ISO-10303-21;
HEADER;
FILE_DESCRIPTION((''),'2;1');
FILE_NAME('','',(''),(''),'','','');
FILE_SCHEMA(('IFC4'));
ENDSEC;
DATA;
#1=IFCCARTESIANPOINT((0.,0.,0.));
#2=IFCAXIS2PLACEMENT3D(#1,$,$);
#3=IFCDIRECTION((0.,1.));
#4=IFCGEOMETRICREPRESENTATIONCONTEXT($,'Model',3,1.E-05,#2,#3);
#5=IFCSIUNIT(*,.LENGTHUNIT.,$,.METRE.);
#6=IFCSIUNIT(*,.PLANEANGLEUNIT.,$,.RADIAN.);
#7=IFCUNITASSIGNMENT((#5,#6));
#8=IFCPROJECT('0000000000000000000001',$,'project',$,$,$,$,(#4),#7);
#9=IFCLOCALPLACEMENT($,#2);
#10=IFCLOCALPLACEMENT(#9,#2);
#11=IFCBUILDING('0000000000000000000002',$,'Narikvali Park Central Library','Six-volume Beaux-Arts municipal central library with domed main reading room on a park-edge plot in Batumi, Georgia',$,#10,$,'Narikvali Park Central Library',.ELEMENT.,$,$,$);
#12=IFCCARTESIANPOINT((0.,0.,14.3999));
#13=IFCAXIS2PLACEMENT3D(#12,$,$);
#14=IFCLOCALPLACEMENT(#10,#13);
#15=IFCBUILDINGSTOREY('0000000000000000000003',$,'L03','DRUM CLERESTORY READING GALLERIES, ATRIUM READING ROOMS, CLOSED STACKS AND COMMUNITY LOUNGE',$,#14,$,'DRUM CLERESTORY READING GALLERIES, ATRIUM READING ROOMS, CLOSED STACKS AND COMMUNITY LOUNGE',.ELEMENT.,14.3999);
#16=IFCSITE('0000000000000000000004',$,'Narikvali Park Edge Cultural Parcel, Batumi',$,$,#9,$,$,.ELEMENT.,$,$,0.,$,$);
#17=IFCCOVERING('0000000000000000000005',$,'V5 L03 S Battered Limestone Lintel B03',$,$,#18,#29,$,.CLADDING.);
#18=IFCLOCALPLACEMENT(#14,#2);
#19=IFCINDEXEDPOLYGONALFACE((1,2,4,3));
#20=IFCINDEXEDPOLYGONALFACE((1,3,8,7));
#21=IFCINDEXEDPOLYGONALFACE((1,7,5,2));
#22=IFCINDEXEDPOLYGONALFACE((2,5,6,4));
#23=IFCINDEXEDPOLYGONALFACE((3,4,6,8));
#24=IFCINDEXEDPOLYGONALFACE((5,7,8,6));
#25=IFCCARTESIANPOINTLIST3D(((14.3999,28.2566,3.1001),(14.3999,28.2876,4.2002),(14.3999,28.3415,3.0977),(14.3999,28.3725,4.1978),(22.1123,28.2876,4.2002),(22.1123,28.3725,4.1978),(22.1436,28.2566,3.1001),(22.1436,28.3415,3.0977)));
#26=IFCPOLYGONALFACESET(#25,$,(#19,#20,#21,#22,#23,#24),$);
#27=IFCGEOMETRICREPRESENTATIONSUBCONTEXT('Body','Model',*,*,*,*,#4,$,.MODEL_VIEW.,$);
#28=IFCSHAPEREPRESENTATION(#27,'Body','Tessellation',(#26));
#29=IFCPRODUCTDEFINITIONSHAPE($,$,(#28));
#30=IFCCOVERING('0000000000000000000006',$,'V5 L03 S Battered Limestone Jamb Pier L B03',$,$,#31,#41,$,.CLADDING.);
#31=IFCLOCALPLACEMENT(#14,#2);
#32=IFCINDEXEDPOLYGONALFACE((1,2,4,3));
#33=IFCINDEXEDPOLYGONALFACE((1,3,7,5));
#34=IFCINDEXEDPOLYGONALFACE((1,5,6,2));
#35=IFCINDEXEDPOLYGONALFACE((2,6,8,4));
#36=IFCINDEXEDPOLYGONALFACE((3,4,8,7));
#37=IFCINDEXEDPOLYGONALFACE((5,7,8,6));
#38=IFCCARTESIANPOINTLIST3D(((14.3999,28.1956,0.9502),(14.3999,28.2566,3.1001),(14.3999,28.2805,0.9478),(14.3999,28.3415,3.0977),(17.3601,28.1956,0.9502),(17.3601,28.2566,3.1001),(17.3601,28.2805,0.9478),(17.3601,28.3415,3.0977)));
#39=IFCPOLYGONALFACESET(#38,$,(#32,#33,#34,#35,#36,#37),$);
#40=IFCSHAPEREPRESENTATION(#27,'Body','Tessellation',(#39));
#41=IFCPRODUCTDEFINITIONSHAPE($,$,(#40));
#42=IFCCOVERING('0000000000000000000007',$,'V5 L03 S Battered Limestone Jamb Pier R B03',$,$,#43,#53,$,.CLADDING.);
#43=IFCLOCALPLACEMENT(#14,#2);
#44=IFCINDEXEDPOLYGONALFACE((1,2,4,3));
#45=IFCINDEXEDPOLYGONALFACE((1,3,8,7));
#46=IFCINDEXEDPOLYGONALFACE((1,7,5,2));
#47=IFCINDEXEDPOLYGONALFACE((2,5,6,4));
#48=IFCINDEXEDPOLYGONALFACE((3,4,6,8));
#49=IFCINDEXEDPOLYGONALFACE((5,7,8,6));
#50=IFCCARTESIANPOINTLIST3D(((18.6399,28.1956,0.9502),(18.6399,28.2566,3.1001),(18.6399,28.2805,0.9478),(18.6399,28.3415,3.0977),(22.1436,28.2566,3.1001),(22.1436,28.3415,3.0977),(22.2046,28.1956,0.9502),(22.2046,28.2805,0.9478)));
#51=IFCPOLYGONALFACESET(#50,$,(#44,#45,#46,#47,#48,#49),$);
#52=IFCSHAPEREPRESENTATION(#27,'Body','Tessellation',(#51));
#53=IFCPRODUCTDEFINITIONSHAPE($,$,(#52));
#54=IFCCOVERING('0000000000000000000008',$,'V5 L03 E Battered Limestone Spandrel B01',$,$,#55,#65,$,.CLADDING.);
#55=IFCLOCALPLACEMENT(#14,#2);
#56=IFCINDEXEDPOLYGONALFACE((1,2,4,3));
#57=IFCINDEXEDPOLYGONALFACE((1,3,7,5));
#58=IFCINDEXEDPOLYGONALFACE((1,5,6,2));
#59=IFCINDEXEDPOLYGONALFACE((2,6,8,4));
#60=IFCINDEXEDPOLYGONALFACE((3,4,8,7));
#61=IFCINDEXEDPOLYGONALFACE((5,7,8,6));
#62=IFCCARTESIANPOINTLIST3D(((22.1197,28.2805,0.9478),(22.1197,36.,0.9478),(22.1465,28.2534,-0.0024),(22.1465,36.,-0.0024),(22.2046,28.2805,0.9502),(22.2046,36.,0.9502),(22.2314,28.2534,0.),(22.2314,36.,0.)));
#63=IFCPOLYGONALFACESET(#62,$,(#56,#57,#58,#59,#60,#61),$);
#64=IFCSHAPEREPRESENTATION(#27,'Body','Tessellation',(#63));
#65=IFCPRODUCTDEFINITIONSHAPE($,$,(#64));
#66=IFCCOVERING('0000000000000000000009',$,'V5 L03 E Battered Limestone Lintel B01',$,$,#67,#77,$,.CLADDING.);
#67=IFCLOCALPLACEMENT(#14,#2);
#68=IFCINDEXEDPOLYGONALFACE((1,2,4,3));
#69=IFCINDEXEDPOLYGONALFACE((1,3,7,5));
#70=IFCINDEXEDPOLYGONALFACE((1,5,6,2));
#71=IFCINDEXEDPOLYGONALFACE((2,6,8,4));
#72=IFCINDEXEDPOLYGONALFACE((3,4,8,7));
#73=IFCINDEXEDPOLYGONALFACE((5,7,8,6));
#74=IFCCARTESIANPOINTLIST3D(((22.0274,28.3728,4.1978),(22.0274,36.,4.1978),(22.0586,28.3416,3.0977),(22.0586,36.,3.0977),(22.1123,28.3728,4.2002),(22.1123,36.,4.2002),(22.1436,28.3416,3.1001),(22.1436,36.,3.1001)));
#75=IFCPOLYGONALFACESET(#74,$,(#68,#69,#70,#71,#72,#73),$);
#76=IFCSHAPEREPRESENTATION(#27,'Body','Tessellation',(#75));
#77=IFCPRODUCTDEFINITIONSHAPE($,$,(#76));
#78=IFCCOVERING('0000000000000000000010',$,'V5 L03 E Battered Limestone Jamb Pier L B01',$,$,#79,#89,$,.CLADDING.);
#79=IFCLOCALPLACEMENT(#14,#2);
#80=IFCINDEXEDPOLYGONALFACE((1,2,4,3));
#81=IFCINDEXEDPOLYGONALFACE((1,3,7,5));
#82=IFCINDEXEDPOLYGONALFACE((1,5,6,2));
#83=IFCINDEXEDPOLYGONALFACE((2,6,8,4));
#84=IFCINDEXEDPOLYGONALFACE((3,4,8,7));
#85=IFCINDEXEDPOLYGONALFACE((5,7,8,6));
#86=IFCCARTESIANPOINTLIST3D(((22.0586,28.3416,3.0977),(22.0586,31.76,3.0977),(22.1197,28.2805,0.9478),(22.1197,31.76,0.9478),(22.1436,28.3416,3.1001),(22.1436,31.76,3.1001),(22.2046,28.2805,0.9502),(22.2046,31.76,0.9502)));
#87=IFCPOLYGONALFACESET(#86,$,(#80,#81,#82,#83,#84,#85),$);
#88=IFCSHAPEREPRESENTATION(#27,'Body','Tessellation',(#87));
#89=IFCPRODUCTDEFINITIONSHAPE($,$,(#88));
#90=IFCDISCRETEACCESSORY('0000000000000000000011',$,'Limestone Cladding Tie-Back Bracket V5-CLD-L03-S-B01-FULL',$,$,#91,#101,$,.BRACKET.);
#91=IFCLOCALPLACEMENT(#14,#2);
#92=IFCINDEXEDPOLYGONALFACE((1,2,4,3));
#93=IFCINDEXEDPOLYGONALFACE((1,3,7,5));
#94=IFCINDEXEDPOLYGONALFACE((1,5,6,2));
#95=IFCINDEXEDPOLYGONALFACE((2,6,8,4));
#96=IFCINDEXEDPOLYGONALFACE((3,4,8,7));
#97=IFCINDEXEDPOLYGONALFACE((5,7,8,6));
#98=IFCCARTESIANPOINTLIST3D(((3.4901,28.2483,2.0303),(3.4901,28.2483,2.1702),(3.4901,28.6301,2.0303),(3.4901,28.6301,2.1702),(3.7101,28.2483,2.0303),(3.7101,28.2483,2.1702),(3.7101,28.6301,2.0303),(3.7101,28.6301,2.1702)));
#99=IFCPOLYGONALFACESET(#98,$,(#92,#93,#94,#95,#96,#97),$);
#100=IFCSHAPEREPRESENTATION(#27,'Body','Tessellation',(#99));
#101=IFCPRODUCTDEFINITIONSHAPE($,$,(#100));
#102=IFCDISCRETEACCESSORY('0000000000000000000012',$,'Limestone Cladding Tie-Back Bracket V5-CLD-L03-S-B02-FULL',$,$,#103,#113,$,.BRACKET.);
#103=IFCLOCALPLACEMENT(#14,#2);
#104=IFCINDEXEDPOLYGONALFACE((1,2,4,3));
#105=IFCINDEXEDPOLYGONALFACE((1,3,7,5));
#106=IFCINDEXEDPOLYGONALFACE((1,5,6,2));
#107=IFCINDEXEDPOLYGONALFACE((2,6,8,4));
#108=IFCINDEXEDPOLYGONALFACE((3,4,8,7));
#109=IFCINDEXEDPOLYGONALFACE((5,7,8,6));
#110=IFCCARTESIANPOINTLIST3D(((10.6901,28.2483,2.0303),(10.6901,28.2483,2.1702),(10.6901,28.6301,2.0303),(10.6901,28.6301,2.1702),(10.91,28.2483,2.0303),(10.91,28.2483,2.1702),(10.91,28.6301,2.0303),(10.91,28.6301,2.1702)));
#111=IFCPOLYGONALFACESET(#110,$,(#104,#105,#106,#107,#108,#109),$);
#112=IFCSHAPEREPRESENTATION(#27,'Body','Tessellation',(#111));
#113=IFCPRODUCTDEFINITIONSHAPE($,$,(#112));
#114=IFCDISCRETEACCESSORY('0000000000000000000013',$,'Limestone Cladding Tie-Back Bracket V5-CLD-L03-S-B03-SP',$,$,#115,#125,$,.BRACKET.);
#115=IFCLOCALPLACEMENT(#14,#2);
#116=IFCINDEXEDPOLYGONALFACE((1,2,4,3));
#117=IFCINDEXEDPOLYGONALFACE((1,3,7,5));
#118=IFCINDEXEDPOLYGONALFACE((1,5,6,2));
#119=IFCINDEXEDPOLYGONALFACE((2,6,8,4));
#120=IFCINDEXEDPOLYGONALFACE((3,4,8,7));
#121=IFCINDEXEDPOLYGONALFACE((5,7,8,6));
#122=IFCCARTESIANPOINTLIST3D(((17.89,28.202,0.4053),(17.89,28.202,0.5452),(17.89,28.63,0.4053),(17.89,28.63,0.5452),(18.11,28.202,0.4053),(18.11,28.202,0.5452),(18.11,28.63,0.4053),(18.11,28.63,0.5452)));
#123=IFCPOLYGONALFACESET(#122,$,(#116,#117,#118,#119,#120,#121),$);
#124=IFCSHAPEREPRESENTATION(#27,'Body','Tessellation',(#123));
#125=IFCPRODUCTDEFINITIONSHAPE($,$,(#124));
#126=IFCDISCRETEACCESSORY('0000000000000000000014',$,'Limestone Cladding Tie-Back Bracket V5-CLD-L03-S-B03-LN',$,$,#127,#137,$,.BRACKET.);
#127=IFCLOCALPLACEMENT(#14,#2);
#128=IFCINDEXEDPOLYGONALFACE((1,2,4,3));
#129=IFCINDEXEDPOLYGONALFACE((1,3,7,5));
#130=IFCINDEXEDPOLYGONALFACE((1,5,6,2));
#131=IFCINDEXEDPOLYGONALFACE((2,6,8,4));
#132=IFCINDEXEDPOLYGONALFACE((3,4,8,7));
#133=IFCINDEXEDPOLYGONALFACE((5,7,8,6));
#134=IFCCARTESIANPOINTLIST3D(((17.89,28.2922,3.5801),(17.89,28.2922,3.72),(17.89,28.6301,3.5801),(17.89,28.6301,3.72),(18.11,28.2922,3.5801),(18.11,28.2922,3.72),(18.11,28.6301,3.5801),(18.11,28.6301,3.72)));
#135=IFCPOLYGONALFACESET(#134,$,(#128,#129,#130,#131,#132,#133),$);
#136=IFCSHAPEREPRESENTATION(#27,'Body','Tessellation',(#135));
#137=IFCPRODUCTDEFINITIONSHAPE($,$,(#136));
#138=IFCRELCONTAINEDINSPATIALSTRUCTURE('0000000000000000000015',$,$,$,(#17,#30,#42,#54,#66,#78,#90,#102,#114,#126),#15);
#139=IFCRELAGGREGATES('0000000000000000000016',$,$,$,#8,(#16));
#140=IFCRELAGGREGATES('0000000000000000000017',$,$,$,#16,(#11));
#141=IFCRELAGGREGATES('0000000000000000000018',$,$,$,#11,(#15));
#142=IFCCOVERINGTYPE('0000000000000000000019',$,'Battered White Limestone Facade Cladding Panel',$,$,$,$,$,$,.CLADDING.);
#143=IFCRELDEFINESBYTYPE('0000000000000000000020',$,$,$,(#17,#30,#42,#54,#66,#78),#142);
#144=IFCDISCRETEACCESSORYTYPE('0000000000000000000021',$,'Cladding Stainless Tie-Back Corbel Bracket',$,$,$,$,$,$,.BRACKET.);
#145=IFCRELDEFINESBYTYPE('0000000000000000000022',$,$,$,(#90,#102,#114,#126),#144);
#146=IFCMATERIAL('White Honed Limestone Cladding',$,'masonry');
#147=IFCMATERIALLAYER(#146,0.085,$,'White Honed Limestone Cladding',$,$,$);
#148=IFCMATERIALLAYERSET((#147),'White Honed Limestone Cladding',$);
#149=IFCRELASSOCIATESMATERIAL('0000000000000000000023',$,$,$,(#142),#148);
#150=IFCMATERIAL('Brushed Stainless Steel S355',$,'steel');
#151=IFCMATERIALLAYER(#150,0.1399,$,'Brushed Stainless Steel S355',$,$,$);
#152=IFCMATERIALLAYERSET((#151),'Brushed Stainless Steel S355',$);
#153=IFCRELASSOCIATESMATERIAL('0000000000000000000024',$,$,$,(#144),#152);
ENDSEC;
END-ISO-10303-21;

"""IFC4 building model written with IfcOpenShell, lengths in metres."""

from ifc_helpers import new_model, si_unit, direction, frame, origin, origin_2d, place, context, subcontext, project, spatial, polyline, rectangle, outline, extrude, material, layer, layer_set, type_object, element, save


model = new_model("IFC4")

# Units and contexts
model_context = context("Model", 3, precision=1e-05, world=origin(), true_north=direction((0.0, 1.0)))
body_context = subcontext(model_context, "Body", "Model", "MODEL_VIEW")
ifc_project = project(units=[si_unit("LENGTHUNIT", "METRE"), si_unit("PLANEANGLEUNIT", "RADIAN")], contexts=[model_context])

# Site, building, storey
site_placement = place(None, origin())
site = spatial("IfcSite", under=ifc_project, at=site_placement, Name="Narikvali Park Edge Cultural Parcel, Batumi", CompositionType="ELEMENT", RefElevation=0.0)
building_placement = place(site_placement, origin())
building = spatial("IfcBuilding", under=site, at=building_placement, Name="Narikvali Park Central Library", Description="Six-volume Beaux-Arts municipal central library with domed main reading room on a park-edge plot in Batumi, Georgia", LongName="Narikvali Park Central Library", CompositionType="ELEMENT")
storey_placement = place(building_placement, frame((0.0, 0.0, 14.3999)))
storey = spatial("IfcBuildingStorey", under=building, at=storey_placement, Name="L03", Description="DRUM CLERESTORY READING GALLERIES, ATRIUM READING ROOMS, CLOSED STACKS AND COMMUNITY LOUNGE", LongName="DRUM CLERESTORY READING GALLERIES, ATRIUM READING ROOMS, CLOSED STACKS AND COMMUNITY LOUNGE", CompositionType="ELEMENT", Elevation=14.3999)

# Shared definitions
ifc_material_1 = material(Name="White Honed Limestone Cladding", Category="masonry")

# Coverings
ifc_layer_1 = layer(ifc_material_1, 0.085, Name="White Honed Limestone Cladding")
ifc_layer_set_1 = layer_set([ifc_layer_1], Name="White Honed Limestone Cladding")
covering_type = type_object("IfcCoveringType", Name="Battered White Limestone Facade Cladding Panel", PredefinedType="CLADDING", material=ifc_layer_set_1)
covering_1_placement = place(storey_placement, frame((14.3999, 28.2566, 3.1001), z_axis=(0.0, -0.999603, 0.028173), x_axis=(1.0, 0.0, 0.0)))
element("IfcCovering", 1, at=covering_1_placement, inside=storey, type_object=covering_type, Name="V5 L03 S Battered Limestone Lintel B03", PredefinedType="CLADDING", context=body_context, shape_type="SweptSolid", body=[
    extrude(outline(polyline([(0.0, 0.0), (7.7437, 0.0), (7.7124, 1.1005), (0.0, 1.1005), (0.0, 0.0)])), origin(), (0.0, 0.0, -1.0), 0.085),
])
covering_2_placement = place(storey_placement, frame((14.3999, 28.1956, 0.9502), z_axis=(0.0, -0.999597, 0.028378), x_axis=(1.0, 0.0, 0.0)))
element("IfcCovering", 2, at=covering_2_placement, inside=storey, type_object=covering_type, Name="V5 L03 S Battered Limestone Jamb Pier L B03", PredefinedType="CLADDING", context=body_context, shape_type="SweptSolid", body=[
    extrude(outline(polyline([(0.0, 0.0), (2.9602, 0.0), (2.9602, 2.1508), (0.0, 2.1508), (0.0, 0.0)])), origin(), (0.0, 0.0, -1.0), 0.085),
])
covering_3_placement = place(storey_placement, frame((18.6399, 28.1956, 0.9502), z_axis=(0.0, -0.999597, 0.028378), x_axis=(1.0, 0.0, 0.0)))
element("IfcCovering", 3, at=covering_3_placement, inside=storey, type_object=covering_type, Name="V5 L03 S Battered Limestone Jamb Pier R B03", PredefinedType="CLADDING", context=body_context, shape_type="SweptSolid", body=[
    extrude(outline(polyline([(0.0, 0.0), (3.5647, 0.0), (3.5037, 2.1508), (0.0, 2.1508), (0.0, 0.0)])), origin(), (0.0, 0.0, -1.0), 0.085),
])
covering_4_placement = place(storey_placement, frame((22.2314, 28.2534, 0.0), z_axis=(0.999601, 0.0, 0.028252), x_axis=(0.0, 1.0, 0.0)))
element("IfcCovering", 4, at=covering_4_placement, inside=storey, type_object=covering_type, Name="V5 L03 E Battered Limestone Spandrel B01", PredefinedType="CLADDING", context=body_context, shape_type="SweptSolid", body=[
    extrude(outline(polyline([(0.0, 0.0), (7.7466, 0.0), (7.7466, 0.9506), (0.0271, 0.9506), (0.0, 0.0)])), origin(), (0.0, 0.0, -1.0), 0.085),
])
covering_5_placement = place(storey_placement, frame((22.1436, 28.3416, 3.1001), z_axis=(0.999597, 0.0, 0.028395), x_axis=(0.0, 1.0, 0.0)))
element("IfcCovering", 5, at=covering_5_placement, inside=storey, type_object=covering_type, Name="V5 L03 E Battered Limestone Lintel B01", PredefinedType="CLADDING", context=body_context, shape_type="SweptSolid", body=[
    extrude(outline(polyline([(0.0, 0.0), (7.6584, 0.0), (7.6584, 1.1005), (0.0312, 1.1005), (0.0, 0.0)])), origin(), (0.0, 0.0, -1.0), 0.085),
])
covering_6_placement = place(storey_placement, frame((22.2046, 28.2805, 0.9502), z_axis=(0.999597, 0.0, 0.028378), x_axis=(0.0, 1.0, 0.0)))
element("IfcCovering", 6, at=covering_6_placement, inside=storey, type_object=covering_type, Name="V5 L03 E Battered Limestone Jamb Pier L B01", PredefinedType="CLADDING", context=body_context, shape_type="SweptSolid", body=[
    extrude(outline(polyline([(0.0, 0.0), (3.4795, 0.0), (3.4795, 2.1508), (0.061, 2.1508), (0.0, 0.0)])), origin(), (0.0, 0.0, -1.0), 0.085),
])

# Discrete accessories
ifc_material_2 = material(Name="Brushed Stainless Steel S355", Category="steel")
ifc_layer_2 = layer(ifc_material_2, 0.1399, Name="Brushed Stainless Steel S355")
ifc_layer_set_2 = layer_set([ifc_layer_2], Name="Brushed Stainless Steel S355")
discrete_accessory_type = type_object("IfcDiscreteAccessoryType", Name="Cladding Stainless Tie-Back Corbel Bracket", PredefinedType="BRACKET", material=ifc_layer_set_2)
for number, where, z_axis, x_axis, name in (
    (7, (3.6001, 28.4392, 2.0303), (0.0, 0.0, 1.0), (1.0, 0.0, 0.0), "Limestone Cladding Tie-Back Bracket V5-CLD-L03-S-B01-FULL"),
    (8, (10.8, 28.4392, 2.0303), (0.0, 0.0, 1.0), (1.0, 0.0, 0.0), "Limestone Cladding Tie-Back Bracket V5-CLD-L03-S-B02-FULL"),
):
    element("IfcDiscreteAccessory", number, at=place(storey_placement, frame(where, z_axis=z_axis, x_axis=x_axis)), inside=storey, type_object=discrete_accessory_type, Name=name, PredefinedType="BRACKET", context=body_context, shape_type="SweptSolid", body=[
        extrude(rectangle(XDim=0.22, YDim=0.3818, at=origin_2d()), origin(), (0.0, 0.0, 1.0), 0.1399),
    ])
discrete_accessory_1_placement = place(storey_placement, frame((18.0, 28.416, 0.4053), z_axis=(0.0, 0.0, 1.0), x_axis=(1.0, 0.0, 0.0)))
element("IfcDiscreteAccessory", 9, at=discrete_accessory_1_placement, inside=storey, type_object=discrete_accessory_type, Name="Limestone Cladding Tie-Back Bracket V5-CLD-L03-S-B03-SP", PredefinedType="BRACKET", context=body_context, shape_type="SweptSolid", body=[
    extrude(rectangle(XDim=0.22, YDim=0.428, at=origin_2d()), origin(), (0.0, 0.0, 1.0), 0.1399),
])
discrete_accessory_2_placement = place(storey_placement, frame((18.0, 28.4612, 3.5801), z_axis=(0.0, 0.0, 1.0), x_axis=(1.0, 0.0, 0.0)))
element("IfcDiscreteAccessory", 10, at=discrete_accessory_2_placement, inside=storey, type_object=discrete_accessory_type, Name="Limestone Cladding Tie-Back Bracket V5-CLD-L03-S-B03-LN", PredefinedType="BRACKET", context=body_context, shape_type="SweptSolid", body=[
    extrude(rectangle(XDim=0.22, YDim=0.3379, at=origin_2d()), origin(), (0.0, 0.0, 1.0), 0.1399),
])

save(model, "model.ifc")
